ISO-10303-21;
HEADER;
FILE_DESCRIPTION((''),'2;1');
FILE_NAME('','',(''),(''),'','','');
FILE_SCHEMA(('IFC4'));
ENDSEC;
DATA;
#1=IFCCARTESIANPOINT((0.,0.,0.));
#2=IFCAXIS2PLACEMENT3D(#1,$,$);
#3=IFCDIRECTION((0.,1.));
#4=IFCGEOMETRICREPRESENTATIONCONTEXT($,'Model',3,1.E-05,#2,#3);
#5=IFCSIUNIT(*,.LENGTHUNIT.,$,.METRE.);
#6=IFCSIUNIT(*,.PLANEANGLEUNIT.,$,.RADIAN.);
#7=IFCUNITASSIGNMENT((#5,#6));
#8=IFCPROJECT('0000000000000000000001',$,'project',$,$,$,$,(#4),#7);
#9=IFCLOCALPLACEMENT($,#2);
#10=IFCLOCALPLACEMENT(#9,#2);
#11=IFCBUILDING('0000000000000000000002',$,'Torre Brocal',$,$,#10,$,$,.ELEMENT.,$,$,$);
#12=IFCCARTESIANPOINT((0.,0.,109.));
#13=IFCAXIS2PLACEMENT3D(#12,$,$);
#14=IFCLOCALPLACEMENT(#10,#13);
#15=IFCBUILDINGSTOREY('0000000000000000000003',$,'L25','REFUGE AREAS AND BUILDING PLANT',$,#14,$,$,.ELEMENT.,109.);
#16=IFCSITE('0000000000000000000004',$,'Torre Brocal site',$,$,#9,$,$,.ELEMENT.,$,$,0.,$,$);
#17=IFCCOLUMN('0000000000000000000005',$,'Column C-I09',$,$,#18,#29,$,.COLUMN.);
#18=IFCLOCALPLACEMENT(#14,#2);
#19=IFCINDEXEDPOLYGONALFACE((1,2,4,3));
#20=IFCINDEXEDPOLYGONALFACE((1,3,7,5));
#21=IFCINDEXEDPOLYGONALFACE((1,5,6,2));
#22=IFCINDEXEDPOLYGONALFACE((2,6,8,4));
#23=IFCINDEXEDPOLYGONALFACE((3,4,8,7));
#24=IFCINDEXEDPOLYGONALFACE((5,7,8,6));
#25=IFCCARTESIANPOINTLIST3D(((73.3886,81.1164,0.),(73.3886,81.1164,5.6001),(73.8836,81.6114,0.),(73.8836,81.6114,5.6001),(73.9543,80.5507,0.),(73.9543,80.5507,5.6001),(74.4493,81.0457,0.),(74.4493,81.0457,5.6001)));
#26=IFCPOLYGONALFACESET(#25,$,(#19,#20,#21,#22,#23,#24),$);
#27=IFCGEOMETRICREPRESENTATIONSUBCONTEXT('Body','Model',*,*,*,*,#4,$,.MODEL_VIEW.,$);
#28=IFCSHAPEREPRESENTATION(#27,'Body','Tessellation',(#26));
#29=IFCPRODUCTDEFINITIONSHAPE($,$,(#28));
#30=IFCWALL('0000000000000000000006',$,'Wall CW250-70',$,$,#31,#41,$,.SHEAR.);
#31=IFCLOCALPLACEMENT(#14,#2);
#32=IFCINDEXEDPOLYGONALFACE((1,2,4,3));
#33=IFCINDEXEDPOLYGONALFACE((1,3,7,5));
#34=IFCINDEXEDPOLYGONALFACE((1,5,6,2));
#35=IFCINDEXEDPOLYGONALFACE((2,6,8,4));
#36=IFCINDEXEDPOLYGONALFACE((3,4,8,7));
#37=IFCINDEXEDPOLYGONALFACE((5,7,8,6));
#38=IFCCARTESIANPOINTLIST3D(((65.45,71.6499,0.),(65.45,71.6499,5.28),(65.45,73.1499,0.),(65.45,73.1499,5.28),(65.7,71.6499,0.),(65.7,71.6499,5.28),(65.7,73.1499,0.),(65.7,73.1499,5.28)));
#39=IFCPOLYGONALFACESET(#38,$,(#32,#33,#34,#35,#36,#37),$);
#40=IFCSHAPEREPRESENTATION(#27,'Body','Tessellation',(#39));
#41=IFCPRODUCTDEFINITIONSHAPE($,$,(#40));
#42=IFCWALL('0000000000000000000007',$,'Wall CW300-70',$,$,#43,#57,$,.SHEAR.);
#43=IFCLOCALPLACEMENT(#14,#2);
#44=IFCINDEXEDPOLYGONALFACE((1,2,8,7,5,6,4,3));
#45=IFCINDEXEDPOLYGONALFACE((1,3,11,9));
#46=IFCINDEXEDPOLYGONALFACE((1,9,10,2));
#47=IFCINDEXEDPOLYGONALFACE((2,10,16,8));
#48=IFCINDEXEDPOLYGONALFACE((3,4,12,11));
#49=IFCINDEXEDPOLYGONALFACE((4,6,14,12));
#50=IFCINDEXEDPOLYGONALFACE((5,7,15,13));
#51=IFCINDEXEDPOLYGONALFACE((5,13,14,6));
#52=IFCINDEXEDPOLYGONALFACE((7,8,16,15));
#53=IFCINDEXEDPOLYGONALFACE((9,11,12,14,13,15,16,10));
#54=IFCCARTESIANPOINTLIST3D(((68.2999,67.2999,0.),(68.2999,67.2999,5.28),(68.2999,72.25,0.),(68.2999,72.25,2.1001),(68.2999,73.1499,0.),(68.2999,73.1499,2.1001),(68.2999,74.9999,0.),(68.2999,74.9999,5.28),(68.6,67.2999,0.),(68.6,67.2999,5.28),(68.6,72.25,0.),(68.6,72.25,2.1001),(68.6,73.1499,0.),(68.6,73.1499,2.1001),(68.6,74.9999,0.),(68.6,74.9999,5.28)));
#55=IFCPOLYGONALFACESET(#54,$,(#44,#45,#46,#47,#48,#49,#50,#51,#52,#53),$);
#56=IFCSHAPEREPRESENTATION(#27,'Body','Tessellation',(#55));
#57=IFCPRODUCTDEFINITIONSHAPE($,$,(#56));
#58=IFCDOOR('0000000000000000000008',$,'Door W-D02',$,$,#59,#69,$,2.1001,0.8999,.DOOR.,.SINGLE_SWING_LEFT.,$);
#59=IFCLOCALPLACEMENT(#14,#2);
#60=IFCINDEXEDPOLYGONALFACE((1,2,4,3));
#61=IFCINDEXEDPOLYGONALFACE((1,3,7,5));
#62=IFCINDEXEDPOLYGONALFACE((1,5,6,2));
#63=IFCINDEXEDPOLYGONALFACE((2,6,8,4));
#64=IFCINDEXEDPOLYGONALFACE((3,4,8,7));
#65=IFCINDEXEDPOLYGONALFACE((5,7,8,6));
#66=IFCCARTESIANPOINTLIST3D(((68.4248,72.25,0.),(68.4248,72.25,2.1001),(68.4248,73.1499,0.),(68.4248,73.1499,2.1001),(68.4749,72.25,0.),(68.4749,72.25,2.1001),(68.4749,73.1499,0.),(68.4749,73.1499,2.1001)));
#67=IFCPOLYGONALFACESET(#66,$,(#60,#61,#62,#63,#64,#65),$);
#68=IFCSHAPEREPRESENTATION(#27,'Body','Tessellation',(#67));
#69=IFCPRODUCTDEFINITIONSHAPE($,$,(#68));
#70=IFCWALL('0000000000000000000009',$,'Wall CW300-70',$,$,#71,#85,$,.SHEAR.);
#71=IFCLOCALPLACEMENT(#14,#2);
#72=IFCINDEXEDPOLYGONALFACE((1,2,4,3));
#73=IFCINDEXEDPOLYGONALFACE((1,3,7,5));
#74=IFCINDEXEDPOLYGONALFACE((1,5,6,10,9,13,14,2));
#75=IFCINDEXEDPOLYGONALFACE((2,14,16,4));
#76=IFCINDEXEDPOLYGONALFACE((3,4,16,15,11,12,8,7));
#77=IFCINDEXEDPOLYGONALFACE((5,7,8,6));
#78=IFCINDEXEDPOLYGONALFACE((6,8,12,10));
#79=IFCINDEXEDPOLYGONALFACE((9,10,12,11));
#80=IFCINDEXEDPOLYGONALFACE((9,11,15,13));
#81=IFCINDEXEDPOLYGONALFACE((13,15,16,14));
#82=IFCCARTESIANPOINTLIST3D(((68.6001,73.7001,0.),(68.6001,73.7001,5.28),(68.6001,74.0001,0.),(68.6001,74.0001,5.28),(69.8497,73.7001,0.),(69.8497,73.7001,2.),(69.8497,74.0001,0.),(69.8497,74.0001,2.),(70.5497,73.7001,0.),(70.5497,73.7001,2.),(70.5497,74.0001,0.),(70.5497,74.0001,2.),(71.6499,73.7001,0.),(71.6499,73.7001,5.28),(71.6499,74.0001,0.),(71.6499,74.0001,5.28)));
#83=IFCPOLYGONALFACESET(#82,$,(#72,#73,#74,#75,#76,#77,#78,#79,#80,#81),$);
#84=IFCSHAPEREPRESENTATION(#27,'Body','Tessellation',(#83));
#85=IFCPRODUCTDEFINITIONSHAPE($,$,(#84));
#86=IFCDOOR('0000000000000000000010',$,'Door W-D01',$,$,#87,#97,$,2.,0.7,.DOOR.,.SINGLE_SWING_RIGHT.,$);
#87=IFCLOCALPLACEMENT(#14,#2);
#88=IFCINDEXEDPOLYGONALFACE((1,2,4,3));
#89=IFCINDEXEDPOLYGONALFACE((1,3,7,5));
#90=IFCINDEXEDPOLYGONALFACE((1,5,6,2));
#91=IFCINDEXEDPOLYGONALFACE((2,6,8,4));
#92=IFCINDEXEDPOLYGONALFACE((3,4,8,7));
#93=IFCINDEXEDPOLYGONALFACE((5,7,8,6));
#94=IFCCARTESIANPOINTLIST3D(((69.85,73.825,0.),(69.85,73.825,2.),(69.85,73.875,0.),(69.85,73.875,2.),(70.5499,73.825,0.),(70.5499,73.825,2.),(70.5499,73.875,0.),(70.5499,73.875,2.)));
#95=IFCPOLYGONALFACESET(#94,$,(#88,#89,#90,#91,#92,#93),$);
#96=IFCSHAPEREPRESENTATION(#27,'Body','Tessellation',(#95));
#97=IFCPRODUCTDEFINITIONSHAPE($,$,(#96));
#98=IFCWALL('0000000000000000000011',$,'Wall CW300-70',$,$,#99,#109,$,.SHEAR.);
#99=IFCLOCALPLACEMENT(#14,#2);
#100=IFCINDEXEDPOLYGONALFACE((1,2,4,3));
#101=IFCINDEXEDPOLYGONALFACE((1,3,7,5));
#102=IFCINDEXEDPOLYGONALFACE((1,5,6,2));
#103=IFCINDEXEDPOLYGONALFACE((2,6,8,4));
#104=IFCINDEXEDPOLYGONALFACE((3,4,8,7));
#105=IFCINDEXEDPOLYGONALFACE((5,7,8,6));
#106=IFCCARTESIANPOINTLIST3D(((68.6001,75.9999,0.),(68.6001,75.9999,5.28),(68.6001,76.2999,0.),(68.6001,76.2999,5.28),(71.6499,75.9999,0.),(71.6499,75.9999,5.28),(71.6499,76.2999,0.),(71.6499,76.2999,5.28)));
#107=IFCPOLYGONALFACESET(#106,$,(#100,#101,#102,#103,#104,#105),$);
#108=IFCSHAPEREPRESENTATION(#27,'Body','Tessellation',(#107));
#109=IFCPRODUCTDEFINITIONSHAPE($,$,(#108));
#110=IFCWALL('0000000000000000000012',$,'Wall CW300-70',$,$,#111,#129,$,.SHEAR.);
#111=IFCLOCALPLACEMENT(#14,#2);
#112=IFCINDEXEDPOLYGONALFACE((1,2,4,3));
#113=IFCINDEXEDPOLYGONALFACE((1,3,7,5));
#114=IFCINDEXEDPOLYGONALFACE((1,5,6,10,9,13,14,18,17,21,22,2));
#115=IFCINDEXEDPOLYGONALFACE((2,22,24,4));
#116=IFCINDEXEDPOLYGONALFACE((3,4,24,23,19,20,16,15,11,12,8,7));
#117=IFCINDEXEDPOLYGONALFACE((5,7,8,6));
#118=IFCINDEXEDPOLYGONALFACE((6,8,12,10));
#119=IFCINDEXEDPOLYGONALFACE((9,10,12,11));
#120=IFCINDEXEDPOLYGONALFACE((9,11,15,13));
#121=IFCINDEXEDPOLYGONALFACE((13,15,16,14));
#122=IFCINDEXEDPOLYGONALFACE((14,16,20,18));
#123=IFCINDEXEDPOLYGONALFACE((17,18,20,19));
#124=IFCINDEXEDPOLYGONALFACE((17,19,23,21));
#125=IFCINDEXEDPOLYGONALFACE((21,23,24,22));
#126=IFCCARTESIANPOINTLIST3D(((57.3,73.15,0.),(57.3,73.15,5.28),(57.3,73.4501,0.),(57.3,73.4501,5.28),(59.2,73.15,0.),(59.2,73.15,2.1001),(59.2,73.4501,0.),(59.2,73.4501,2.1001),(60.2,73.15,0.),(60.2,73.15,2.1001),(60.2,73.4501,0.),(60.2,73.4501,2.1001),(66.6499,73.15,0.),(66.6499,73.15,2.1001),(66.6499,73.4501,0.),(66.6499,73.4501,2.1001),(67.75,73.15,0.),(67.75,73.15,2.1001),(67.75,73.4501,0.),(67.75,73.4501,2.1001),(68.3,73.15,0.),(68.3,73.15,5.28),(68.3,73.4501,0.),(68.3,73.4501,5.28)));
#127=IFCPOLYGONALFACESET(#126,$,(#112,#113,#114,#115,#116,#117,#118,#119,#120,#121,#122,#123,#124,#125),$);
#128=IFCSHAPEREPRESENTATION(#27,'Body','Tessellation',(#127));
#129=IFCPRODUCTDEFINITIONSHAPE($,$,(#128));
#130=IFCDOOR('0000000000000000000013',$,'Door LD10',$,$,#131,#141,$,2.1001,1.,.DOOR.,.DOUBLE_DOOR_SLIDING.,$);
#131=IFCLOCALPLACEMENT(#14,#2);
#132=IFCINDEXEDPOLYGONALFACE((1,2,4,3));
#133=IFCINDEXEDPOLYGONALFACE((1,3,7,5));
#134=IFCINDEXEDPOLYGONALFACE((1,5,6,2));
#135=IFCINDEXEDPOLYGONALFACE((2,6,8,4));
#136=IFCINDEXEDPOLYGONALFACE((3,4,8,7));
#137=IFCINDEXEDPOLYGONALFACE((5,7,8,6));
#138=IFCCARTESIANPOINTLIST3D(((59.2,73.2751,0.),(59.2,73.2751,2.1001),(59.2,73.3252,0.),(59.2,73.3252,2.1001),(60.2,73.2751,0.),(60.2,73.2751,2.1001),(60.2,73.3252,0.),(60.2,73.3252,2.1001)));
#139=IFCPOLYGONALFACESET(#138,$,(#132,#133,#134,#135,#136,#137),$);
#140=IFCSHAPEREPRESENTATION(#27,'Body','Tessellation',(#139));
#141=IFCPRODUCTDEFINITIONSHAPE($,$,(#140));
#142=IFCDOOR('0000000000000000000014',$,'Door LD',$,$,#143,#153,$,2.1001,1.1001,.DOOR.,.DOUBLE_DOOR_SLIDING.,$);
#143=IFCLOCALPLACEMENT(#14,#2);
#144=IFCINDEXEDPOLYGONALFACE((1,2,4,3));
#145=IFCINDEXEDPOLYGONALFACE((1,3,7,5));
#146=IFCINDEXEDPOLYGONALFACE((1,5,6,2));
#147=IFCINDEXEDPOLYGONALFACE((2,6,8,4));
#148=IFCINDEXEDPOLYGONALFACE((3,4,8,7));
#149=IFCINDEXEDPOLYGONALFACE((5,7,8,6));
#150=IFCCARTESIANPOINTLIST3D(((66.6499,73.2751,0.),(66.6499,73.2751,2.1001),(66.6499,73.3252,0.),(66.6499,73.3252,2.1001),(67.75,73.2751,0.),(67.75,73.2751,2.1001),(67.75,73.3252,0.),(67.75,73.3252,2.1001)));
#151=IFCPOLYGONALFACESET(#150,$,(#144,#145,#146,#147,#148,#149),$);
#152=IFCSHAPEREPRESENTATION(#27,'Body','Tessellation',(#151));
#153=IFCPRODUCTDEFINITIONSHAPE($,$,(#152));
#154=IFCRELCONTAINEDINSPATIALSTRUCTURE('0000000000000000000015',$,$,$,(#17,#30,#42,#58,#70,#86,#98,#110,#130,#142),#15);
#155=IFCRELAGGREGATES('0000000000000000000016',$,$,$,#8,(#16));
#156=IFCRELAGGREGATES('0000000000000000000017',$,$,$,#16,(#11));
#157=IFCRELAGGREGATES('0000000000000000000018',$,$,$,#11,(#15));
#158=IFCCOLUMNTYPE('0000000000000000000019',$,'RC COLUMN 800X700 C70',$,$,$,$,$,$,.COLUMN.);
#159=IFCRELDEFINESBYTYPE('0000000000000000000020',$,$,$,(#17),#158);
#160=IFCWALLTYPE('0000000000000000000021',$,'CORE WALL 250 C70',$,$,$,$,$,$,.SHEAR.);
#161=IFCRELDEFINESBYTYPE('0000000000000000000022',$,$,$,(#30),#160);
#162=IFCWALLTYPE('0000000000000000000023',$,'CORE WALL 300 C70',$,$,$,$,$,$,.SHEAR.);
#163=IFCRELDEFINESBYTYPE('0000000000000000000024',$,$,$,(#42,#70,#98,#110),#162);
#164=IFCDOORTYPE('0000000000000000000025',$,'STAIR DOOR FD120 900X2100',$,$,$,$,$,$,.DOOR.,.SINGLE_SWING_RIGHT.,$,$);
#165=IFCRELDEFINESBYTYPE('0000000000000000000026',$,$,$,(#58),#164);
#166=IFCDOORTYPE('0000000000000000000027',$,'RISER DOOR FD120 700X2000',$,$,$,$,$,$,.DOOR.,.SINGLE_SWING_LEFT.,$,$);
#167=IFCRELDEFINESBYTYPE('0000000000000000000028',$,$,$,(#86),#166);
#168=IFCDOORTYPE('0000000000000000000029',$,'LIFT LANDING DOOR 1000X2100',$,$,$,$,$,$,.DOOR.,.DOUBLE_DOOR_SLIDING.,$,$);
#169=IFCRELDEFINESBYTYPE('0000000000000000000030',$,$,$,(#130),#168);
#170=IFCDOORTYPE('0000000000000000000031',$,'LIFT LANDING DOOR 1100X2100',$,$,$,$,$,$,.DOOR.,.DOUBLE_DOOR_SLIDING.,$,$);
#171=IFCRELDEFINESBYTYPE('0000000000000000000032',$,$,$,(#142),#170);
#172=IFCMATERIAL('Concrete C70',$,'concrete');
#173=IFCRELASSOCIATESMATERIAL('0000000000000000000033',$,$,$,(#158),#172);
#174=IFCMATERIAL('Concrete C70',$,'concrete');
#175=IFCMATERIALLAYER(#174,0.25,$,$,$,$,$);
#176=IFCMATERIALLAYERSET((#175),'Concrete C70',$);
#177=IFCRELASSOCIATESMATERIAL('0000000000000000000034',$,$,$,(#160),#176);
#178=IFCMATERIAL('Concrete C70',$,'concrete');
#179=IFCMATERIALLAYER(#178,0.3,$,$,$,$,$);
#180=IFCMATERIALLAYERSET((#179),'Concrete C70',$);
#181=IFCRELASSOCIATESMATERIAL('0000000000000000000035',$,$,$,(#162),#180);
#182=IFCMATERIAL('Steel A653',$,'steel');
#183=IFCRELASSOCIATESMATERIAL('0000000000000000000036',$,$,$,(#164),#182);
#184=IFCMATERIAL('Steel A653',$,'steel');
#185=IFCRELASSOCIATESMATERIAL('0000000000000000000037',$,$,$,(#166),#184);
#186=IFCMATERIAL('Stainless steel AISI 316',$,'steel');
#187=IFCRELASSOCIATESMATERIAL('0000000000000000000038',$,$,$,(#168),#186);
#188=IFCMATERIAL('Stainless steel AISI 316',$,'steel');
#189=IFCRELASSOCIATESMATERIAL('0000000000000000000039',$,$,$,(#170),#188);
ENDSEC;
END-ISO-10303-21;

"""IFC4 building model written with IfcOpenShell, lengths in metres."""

from ifc_helpers import new_model, si_unit, direction, frame, frame_2d, origin, origin_2d, place, context, subcontext, project, spatial, rectangle, extrude, material, layer, layer_set, material_profile, profile_set, type_object, element, fill, save


model = new_model("IFC4")

# Units and contexts
model_context = context("Model", 3, precision=1e-05, world=origin(), true_north=direction((0.0, 1.0)))
body_context = subcontext(model_context, "Body", "Model", "MODEL_VIEW")
ifc_project = project(units=[si_unit("LENGTHUNIT", "METRE"), si_unit("PLANEANGLEUNIT", "RADIAN")], contexts=[model_context])

# Site, building, storey
site_placement = place(None, origin())
site = spatial("IfcSite", under=ifc_project, at=site_placement, Name="Torre Brocal site", CompositionType="ELEMENT", RefElevation=0.0)
building_placement = place(site_placement, origin())
building = spatial("IfcBuilding", under=site, at=building_placement, Name="Torre Brocal", CompositionType="ELEMENT")
storey_placement = place(building_placement, frame((0.0, 0.0, 109.0)))
storey = spatial("IfcBuildingStorey", under=building, at=storey_placement, Name="L25", Description="REFUGE AREAS AND BUILDING PLANT", CompositionType="ELEMENT", Elevation=109.0)

# Column
ifc_material_1 = material(Name="Concrete C70", Category="concrete")
ifc_material_profile = material_profile(ifc_material_1, rectangle(XDim=0.8, YDim=0.7, at=origin_2d()), Name="RC 800X700")
ifc_profile_set = profile_set([ifc_material_profile], Name="Concrete C70")
column_type = type_object("IfcColumnType", Name="RC COLUMN 800X700 C70", PredefinedType="COLUMN", material=ifc_profile_set)
column_placement = place(storey_placement, frame((73.9189, 81.0811, 0.0), z_axis=(0.0, 0.0, 1.0), x_axis=(-0.707107, 0.707107, 0.0)))
element("IfcColumn", 1, at=column_placement, inside=storey, type_object=column_type, Name="Column C-I09", PredefinedType="COLUMN", context=body_context, shape_type="SweptSolid", body=[
    extrude(rectangle(XDim=0.8, YDim=0.7, at=origin_2d()), origin(), (0.0, 0.0, 1.0), 5.6001),
])

# Wall
ifc_material_2 = material(Name="Concrete C70", Category="concrete")
ifc_layer_1 = layer(ifc_material_2, 0.25)
ifc_layer_set_1 = layer_set([ifc_layer_1], Name="Concrete C70")
wall_type_1 = type_object("IfcWallType", Name="CORE WALL 250 C70", PredefinedType="SHEAR", material=ifc_layer_set_1)
wall_1_placement = place(storey_placement, frame((65.575, 73.1499, 0.0), z_axis=(0.0, 0.0, 1.0), x_axis=(0.0, -1.0, 0.0)))
element("IfcWall", 2, at=wall_1_placement, inside=storey, type_object=wall_type_1, Name="Wall CW250-70", PredefinedType="SHEAR", context=body_context, shape_type="SweptSolid", body=[
    extrude(rectangle(XDim=1.5, YDim=0.25, at=frame_2d((0.75, 0.0))), origin(), (0.0, 0.0, 1.0), 5.28),
])

# Walls, openings, doors
ifc_material_3 = material(Name="Concrete C70", Category="concrete")
ifc_layer_2 = layer(ifc_material_3, 0.3)
ifc_layer_set_2 = layer_set([ifc_layer_2], Name="Concrete C70")
wall_type_2 = type_object("IfcWallType", Name="CORE WALL 300 C70", PredefinedType="SHEAR", material=ifc_layer_set_2)
wall_2_placement = place(storey_placement, frame((68.45, 75.0, 0.0), z_axis=(0.0, 0.0, 1.0), x_axis=(0.0, -1.0, 0.0)))
wall_2 = element("IfcWall", 3, at=wall_2_placement, inside=storey, type_object=wall_type_2, Name="Wall CW300-70", PredefinedType="SHEAR", context=body_context, shape_type="SweptSolid", body=[
    extrude(rectangle(XDim=7.7, YDim=0.3, at=frame_2d((3.8501, 0.0))), origin(), (0.0, 0.0, 1.0), 5.28),
])
opening_1_placement = place(wall_2_placement, frame((1.8501, 0.0, 0.0)))
opening_1 = element("IfcOpeningElement", 4, at=opening_1_placement, cuts=wall_2, PredefinedType="OPENING", context=body_context, shape_type="SweptSolid", body=[
    extrude(rectangle(XDim=0.8999, YDim=2.1001, at=frame_2d((0.45, 1.05))), frame((0.0, 0.1599, 0.0), z_axis=(0.0, -1.0, 0.0), x_axis=(1.0, 0.0, 0.0)), (0.0, 0.0, 1.0), 0.3201),
])
ifc_material_4 = material(Name="Steel A653", Category="steel")
door_type_1 = type_object("IfcDoorType", Name="STAIR DOOR FD120 900X2100", OperationType="SINGLE_SWING_RIGHT", PredefinedType="DOOR", material=ifc_material_4)
door_1_placement = place(opening_1_placement, origin())
door_1 = element("IfcDoor", 5, at=door_1_placement, inside=storey, type_object=door_type_1, Name="Door W-D02", OperationType="SINGLE_SWING_LEFT", OverallHeight=2.1001, OverallWidth=0.8999, PredefinedType="DOOR", context=body_context, shape_type="SweptSolid", body=[
    extrude(rectangle(XDim=0.8999, YDim=2.1001, at=frame_2d((0.45, 1.05))), frame((0.0, 0.0249, 0.0), z_axis=(0.0, -1.0, 0.0), x_axis=(1.0, 0.0, 0.0)), (0.0, 0.0, 1.0), 0.05),
])
fill(opening_1, door_1)
wall_3_placement = place(storey_placement, frame((71.6499, 73.8501, 0.0), z_axis=(0.0, 0.0, 1.0), x_axis=(-1.0, 0.0, 0.0)))
wall_3 = element("IfcWall", 6, at=wall_3_placement, inside=storey, type_object=wall_type_2, Name="Wall CW300-70", PredefinedType="SHEAR", context=body_context, shape_type="SweptSolid", body=[
    extrude(rectangle(XDim=3.0498, YDim=0.3, at=frame_2d((1.5249, 0.0))), origin(), (0.0, 0.0, 1.0), 5.28),
])
opening_2_placement = place(wall_3_placement, frame((1.1001, 0.0, 0.0)))
opening_2 = element("IfcOpeningElement", 7, at=opening_2_placement, cuts=wall_3, PredefinedType="OPENING", context=body_context, shape_type="SweptSolid", body=[
    extrude(rectangle(XDim=0.7, YDim=2.0, at=frame_2d((0.3501, 1.0))), frame((0.0, 0.1599, 0.0), z_axis=(0.0, -1.0, 0.0), x_axis=(1.0, 0.0, 0.0)), (0.0, 0.0, 1.0), 0.3201),
])
ifc_material_5 = material(Name="Steel A653", Category="steel")
door_type_2 = type_object("IfcDoorType", Name="RISER DOOR FD120 700X2000", OperationType="SINGLE_SWING_LEFT", PredefinedType="DOOR", material=ifc_material_5)
door_2_placement = place(opening_2_placement, frame((0.7, 0.0, 0.0), z_axis=(0.0, 0.0, 1.0), x_axis=(-1.0, 0.0, 0.0)))
door_2 = element("IfcDoor", 8, at=door_2_placement, inside=storey, type_object=door_type_2, Name="Door W-D01", OperationType="SINGLE_SWING_RIGHT", OverallHeight=2.0, OverallWidth=0.7, PredefinedType="DOOR", context=body_context, shape_type="SweptSolid", body=[
    extrude(rectangle(XDim=0.7, YDim=2.0, at=frame_2d((0.3501, 1.0))), frame((0.0, 0.0249, 0.0), z_axis=(0.0, -1.0, 0.0), x_axis=(1.0, 0.0, 0.0)), (0.0, 0.0, 1.0), 0.05),
])
fill(opening_2, door_2)

# Wall
wall_4_placement = place(storey_placement, frame((71.6499, 76.1499, 0.0), z_axis=(0.0, 0.0, 1.0), x_axis=(-1.0, 0.0, 0.0)))
element("IfcWall", 9, at=wall_4_placement, inside=storey, type_object=wall_type_2, Name="Wall CW300-70", PredefinedType="SHEAR", context=body_context, shape_type="SweptSolid", body=[
    extrude(rectangle(XDim=3.0498, YDim=0.3, at=frame_2d((1.5249, 0.0))), origin(), (0.0, 0.0, 1.0), 5.28),
])

# Wall, openings, doors
wall_5_placement = place(storey_placement, frame((68.3, 73.3, 0.0), z_axis=(0.0, 0.0, 1.0), x_axis=(-1.0, 0.0, 0.0)))
wall_5 = element("IfcWall", 10, at=wall_5_placement, inside=storey, type_object=wall_type_2, Name="Wall CW300-70", PredefinedType="SHEAR", context=body_context, shape_type="SweptSolid", body=[
    extrude(rectangle(XDim=11.0, YDim=0.3, at=frame_2d((5.5, 0.0))), origin(), (0.0, 0.0, 1.0), 5.28),
])
opening_3_placement = place(wall_5_placement, frame((0.55, 0.0, 0.0)))
opening_3 = element("IfcOpeningElement", 11, at=opening_3_placement, cuts=wall_5, PredefinedType="OPENING", context=body_context, shape_type="SweptSolid", body=[
    extrude(rectangle(XDim=1.1001, YDim=2.1001, at=frame_2d((0.55, 1.05))), frame((0.0, 0.1599, 0.0), z_axis=(0.0, -1.0, 0.0), x_axis=(1.0, 0.0, 0.0)), (0.0, 0.0, 1.0), 0.3201),
])
opening_4_placement = place(wall_5_placement, frame((8.1001, 0.0, 0.0)))
opening_4 = element("IfcOpeningElement", 12, at=opening_4_placement, cuts=wall_5, PredefinedType="OPENING", context=body_context, shape_type="SweptSolid", body=[
    extrude(rectangle(XDim=1.0, YDim=2.1001, at=frame_2d((0.5, 1.05))), frame((0.0, 0.1599, 0.0), z_axis=(0.0, -1.0, 0.0), x_axis=(1.0, 0.0, 0.0)), (0.0, 0.0, 1.0), 0.3201),
])
ifc_material_6 = material(Name="Stainless steel AISI 316", Category="steel")
door_type_3 = type_object("IfcDoorType", Name="LIFT LANDING DOOR 1000X2100", OperationType="DOUBLE_DOOR_SLIDING", PredefinedType="DOOR", material=ifc_material_6)
door_3_placement = place(opening_4_placement, origin())
door_3 = element("IfcDoor", 13, at=door_3_placement, inside=storey, type_object=door_type_3, Name="Door LD10", OperationType="DOUBLE_DOOR_SLIDING", OverallHeight=2.1001, OverallWidth=1.0, PredefinedType="DOOR", context=body_context, shape_type="SweptSolid", body=[
    extrude(rectangle(XDim=1.0, YDim=2.1001, at=frame_2d((0.5, 1.05))), frame((0.0, 0.0249, 0.0), z_axis=(0.0, -1.0, 0.0), x_axis=(1.0, 0.0, 0.0)), (0.0, 0.0, 1.0), 0.05),
])
fill(opening_4, door_3)
ifc_material_7 = material(Name="Stainless steel AISI 316", Category="steel")
door_type_4 = type_object("IfcDoorType", Name="LIFT LANDING DOOR 1100X2100", OperationType="DOUBLE_DOOR_SLIDING", PredefinedType="DOOR", material=ifc_material_7)
door_4_placement = place(opening_3_placement, origin())
door_4 = element("IfcDoor", 14, at=door_4_placement, inside=storey, type_object=door_type_4, Name="Door LD", OperationType="DOUBLE_DOOR_SLIDING", OverallHeight=2.1001, OverallWidth=1.1001, PredefinedType="DOOR", context=body_context, shape_type="SweptSolid", body=[
    extrude(rectangle(XDim=1.1001, YDim=2.1001, at=frame_2d((0.55, 1.05))), frame((0.0, 0.0249, 0.0), z_axis=(0.0, -1.0, 0.0), x_axis=(1.0, 0.0, 0.0)), (0.0, 0.0, 1.0), 0.05),
])
fill(opening_3, door_4)

save(model, "model.ifc")
